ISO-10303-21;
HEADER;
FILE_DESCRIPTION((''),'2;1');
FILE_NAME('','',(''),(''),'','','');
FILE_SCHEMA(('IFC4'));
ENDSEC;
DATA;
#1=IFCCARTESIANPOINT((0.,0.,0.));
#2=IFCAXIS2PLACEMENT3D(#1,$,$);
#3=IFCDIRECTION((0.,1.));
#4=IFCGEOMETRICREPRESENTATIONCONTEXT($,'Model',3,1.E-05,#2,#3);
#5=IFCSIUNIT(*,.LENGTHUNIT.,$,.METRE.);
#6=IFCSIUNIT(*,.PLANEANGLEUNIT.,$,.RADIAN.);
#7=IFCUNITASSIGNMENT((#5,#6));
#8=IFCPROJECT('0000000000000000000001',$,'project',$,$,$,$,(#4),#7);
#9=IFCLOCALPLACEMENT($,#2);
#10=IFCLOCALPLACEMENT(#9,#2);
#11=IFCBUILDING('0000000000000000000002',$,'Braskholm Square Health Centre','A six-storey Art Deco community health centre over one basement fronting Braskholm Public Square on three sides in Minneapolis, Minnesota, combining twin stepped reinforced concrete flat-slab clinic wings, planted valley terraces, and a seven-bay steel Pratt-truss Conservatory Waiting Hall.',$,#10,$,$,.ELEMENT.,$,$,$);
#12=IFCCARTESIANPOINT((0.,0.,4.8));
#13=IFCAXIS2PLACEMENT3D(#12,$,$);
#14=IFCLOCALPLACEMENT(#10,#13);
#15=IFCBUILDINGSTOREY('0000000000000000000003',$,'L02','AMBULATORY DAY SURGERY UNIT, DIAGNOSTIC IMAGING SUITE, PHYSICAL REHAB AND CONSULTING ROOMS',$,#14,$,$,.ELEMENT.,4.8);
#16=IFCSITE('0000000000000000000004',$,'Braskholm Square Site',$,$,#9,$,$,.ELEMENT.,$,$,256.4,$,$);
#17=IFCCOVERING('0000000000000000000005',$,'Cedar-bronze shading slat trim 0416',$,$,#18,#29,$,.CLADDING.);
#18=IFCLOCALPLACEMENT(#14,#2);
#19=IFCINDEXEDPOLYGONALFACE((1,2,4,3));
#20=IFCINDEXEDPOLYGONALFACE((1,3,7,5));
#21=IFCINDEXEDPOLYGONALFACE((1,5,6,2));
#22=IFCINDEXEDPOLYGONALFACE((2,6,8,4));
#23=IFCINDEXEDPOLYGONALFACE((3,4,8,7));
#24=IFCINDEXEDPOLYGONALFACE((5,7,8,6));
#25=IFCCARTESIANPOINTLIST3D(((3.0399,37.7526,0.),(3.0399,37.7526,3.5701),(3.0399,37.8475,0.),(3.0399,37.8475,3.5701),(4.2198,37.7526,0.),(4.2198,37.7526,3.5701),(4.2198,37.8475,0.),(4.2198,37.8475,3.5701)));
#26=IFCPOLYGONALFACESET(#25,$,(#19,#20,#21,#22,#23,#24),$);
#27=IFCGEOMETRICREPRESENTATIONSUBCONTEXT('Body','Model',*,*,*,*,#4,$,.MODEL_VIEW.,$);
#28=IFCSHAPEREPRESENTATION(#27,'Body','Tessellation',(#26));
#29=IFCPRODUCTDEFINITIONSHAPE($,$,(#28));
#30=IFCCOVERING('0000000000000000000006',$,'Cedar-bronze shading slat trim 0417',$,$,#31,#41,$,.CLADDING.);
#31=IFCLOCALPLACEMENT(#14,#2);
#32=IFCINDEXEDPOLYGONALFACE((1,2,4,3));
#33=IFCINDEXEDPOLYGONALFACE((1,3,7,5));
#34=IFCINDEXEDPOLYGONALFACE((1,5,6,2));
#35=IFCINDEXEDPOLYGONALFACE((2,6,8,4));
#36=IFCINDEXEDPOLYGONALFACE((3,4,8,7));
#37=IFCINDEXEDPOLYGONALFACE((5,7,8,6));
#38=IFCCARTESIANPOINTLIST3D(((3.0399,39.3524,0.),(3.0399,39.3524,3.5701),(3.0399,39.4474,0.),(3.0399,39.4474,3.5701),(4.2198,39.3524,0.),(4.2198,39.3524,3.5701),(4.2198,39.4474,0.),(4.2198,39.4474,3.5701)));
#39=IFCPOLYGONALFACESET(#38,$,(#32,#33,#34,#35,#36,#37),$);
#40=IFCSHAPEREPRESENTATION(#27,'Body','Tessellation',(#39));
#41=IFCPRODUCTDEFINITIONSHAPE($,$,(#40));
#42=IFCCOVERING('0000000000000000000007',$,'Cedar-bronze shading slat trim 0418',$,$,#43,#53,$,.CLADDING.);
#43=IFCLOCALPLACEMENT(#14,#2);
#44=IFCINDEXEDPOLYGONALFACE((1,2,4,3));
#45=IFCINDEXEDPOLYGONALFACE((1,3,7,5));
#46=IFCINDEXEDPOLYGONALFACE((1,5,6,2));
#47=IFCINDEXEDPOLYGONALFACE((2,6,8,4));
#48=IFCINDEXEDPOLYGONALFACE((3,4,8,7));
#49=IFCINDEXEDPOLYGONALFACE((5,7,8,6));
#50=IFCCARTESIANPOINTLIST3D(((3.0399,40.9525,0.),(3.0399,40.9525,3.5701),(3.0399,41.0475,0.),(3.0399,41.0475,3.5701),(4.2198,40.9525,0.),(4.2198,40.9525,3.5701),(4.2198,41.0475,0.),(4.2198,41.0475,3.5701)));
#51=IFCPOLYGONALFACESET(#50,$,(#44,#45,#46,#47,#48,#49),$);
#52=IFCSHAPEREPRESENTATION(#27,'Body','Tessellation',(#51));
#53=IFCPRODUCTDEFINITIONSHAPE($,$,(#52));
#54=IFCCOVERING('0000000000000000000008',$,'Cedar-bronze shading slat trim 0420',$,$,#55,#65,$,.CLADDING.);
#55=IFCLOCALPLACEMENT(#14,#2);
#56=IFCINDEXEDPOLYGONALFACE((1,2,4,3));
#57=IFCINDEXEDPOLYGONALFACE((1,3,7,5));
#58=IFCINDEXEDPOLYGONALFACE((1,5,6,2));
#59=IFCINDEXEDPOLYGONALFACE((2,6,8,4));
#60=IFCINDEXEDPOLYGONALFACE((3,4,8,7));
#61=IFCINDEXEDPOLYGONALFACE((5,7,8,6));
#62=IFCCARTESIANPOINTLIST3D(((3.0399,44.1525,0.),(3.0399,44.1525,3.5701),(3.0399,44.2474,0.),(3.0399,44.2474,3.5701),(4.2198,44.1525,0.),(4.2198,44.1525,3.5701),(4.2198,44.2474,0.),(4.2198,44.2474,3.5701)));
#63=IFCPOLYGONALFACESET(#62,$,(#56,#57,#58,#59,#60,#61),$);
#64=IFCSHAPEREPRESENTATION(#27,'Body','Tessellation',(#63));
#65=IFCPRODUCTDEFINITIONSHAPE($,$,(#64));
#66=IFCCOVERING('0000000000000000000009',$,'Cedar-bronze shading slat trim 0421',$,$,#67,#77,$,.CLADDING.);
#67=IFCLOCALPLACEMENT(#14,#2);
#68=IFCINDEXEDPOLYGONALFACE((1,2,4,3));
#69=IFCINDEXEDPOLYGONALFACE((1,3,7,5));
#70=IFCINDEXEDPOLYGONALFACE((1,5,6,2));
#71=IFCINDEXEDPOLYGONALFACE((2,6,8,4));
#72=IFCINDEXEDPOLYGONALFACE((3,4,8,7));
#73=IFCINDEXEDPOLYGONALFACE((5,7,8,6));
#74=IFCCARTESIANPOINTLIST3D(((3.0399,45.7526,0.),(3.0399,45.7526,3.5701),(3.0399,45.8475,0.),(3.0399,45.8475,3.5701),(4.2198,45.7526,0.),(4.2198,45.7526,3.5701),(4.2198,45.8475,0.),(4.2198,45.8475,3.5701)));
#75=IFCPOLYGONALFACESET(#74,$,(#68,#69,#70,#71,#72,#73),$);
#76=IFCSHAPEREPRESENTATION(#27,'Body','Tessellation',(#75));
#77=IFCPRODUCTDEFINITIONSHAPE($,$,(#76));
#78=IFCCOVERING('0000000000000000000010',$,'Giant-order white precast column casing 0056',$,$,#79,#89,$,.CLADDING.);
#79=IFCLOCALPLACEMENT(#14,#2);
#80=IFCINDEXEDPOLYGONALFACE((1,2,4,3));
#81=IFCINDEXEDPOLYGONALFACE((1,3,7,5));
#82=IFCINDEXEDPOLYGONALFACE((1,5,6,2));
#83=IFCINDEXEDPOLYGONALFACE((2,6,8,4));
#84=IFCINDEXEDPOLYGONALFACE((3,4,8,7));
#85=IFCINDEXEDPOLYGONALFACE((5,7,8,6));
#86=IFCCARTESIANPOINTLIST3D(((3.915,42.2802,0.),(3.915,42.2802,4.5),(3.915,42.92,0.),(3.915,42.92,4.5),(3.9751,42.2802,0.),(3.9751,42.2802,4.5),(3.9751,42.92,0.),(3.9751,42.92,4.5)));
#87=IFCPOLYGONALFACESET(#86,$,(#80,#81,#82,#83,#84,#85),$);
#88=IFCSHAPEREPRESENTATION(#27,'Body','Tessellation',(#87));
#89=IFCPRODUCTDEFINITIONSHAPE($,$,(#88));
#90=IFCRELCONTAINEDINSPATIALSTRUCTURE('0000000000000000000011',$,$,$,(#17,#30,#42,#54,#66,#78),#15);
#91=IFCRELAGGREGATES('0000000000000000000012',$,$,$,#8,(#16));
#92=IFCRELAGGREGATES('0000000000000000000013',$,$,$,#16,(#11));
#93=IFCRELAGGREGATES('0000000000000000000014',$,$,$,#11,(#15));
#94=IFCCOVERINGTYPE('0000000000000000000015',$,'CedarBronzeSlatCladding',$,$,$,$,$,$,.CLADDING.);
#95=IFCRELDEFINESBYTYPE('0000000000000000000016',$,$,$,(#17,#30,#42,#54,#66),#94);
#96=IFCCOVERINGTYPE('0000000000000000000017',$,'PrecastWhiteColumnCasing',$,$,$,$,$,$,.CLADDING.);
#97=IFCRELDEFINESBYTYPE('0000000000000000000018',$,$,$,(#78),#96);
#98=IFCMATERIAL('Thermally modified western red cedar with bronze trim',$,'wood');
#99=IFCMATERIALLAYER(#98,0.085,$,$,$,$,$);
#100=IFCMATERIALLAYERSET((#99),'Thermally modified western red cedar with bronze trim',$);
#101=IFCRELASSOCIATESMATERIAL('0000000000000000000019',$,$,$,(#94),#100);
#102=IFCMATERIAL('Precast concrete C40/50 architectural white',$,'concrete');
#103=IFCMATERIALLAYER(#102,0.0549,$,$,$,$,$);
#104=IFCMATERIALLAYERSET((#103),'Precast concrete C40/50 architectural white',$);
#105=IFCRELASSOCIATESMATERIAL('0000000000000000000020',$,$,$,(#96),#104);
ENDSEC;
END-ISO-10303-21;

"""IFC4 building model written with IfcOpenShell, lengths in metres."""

from ifc_helpers import new_model, si_unit, direction, frame, origin, origin_2d, place, context, subcontext, project, spatial, rectangle, extrude, material, layer, layer_set, type_object, element, save


model = new_model("IFC4")

# Units and contexts
model_context = context("Model", 3, precision=1e-05, world=origin(), true_north=direction((0.0, 1.0)))
body_context = subcontext(model_context, "Body", "Model", "MODEL_VIEW")
ifc_project = project(units=[si_unit("LENGTHUNIT", "METRE"), si_unit("PLANEANGLEUNIT", "RADIAN")], contexts=[model_context])

# Site, building, storey
site_placement = place(None, origin())
site = spatial("IfcSite", under=ifc_project, at=site_placement, Name="Braskholm Square Site", CompositionType="ELEMENT", RefElevation=256.4)
building_placement = place(site_placement, origin())
building = spatial("IfcBuilding", under=site, at=building_placement, Name="Braskholm Square Health Centre", Description="A six-storey Art Deco community health centre over one basement fronting Braskholm Public Square on three sides in Minneapolis, Minnesota, combining twin stepped reinforced concrete flat-slab clinic wings, planted valley terraces, and a seven-bay steel Pratt-truss Conservatory Waiting Hall.", CompositionType="ELEMENT")
storey_placement = place(building_placement, frame((0.0, 0.0, 4.8)))
storey = spatial("IfcBuildingStorey", under=building, at=storey_placement, Name="L02", Description="AMBULATORY DAY SURGERY UNIT, DIAGNOSTIC IMAGING SUITE, PHYSICAL REHAB AND CONSULTING ROOMS", CompositionType="ELEMENT", Elevation=4.8)

# Shared definitions
ifc_material_1 = material(Name="Precast concrete C40/50 architectural white", Category="concrete")

# Shared definitions
ifc_material_2 = material(Name="Thermally modified western red cedar with bronze trim", Category="wood")

# Coverings
ifc_layer_1 = layer(ifc_material_2, 0.085)
ifc_layer_set_1 = layer_set([ifc_layer_1], Name="Thermally modified western red cedar with bronze trim")
covering_type_1 = type_object("IfcCoveringType", Name="CedarBronzeSlatCladding", PredefinedType="CLADDING", material=ifc_layer_set_1)
for number, where, z_axis, x_axis, name in (
    (1, (3.6299, 37.8, 0.0), (0.0, 0.0, 1.0), (1.0, 0.0, 0.0), "Cedar-bronze shading slat trim 0416"),
    (2, (3.6299, 39.3999, 0.0), (0.0, 0.0, 1.0), (1.0, 0.0, 0.0), "Cedar-bronze shading slat trim 0417"),
    (3, (3.6299, 41.0, 0.0), (0.0, 0.0, 1.0), (1.0, 0.0, 0.0), "Cedar-bronze shading slat trim 0418"),
    (4, (3.6299, 44.2, 0.0), (0.0, 0.0, 1.0), (1.0, 0.0, 0.0), "Cedar-bronze shading slat trim 0420"),
    (5, (3.6299, 45.8, 0.0), (0.0, 0.0, 1.0), (1.0, 0.0, 0.0), "Cedar-bronze shading slat trim 0421"),
):
    element("IfcCovering", number, at=place(storey_placement, frame(where, z_axis=z_axis, x_axis=x_axis)), inside=storey, type_object=covering_type_1, Name=name, PredefinedType="CLADDING", context=body_context, shape_type="SweptSolid", body=[
        extrude(rectangle(XDim=1.1799, YDim=0.095, at=origin_2d()), origin(), (0.0, 0.0, 1.0), 3.5701),
    ])
ifc_layer_2 = layer(ifc_material_1, 0.0549)
ifc_layer_set_2 = layer_set([ifc_layer_2], Name="Precast concrete C40/50 architectural white")
covering_type_2 = type_object("IfcCoveringType", Name="PrecastWhiteColumnCasing", PredefinedType="CLADDING", material=ifc_layer_set_2)
covering_placement = place(storey_placement, frame((3.9451, 42.6001, 0.0), z_axis=(0.0, 0.0, 1.0), x_axis=(1.0, 0.0, 0.0)))
element("IfcCovering", 6, at=covering_placement, inside=storey, type_object=covering_type_2, Name="Giant-order white precast column casing 0056", PredefinedType="CLADDING", context=body_context, shape_type="SweptSolid", body=[
    extrude(rectangle(XDim=0.0601, YDim=0.6399, at=origin_2d()), origin(), (0.0, 0.0, 1.0), 4.5),
])

save(model, "model.ifc")
